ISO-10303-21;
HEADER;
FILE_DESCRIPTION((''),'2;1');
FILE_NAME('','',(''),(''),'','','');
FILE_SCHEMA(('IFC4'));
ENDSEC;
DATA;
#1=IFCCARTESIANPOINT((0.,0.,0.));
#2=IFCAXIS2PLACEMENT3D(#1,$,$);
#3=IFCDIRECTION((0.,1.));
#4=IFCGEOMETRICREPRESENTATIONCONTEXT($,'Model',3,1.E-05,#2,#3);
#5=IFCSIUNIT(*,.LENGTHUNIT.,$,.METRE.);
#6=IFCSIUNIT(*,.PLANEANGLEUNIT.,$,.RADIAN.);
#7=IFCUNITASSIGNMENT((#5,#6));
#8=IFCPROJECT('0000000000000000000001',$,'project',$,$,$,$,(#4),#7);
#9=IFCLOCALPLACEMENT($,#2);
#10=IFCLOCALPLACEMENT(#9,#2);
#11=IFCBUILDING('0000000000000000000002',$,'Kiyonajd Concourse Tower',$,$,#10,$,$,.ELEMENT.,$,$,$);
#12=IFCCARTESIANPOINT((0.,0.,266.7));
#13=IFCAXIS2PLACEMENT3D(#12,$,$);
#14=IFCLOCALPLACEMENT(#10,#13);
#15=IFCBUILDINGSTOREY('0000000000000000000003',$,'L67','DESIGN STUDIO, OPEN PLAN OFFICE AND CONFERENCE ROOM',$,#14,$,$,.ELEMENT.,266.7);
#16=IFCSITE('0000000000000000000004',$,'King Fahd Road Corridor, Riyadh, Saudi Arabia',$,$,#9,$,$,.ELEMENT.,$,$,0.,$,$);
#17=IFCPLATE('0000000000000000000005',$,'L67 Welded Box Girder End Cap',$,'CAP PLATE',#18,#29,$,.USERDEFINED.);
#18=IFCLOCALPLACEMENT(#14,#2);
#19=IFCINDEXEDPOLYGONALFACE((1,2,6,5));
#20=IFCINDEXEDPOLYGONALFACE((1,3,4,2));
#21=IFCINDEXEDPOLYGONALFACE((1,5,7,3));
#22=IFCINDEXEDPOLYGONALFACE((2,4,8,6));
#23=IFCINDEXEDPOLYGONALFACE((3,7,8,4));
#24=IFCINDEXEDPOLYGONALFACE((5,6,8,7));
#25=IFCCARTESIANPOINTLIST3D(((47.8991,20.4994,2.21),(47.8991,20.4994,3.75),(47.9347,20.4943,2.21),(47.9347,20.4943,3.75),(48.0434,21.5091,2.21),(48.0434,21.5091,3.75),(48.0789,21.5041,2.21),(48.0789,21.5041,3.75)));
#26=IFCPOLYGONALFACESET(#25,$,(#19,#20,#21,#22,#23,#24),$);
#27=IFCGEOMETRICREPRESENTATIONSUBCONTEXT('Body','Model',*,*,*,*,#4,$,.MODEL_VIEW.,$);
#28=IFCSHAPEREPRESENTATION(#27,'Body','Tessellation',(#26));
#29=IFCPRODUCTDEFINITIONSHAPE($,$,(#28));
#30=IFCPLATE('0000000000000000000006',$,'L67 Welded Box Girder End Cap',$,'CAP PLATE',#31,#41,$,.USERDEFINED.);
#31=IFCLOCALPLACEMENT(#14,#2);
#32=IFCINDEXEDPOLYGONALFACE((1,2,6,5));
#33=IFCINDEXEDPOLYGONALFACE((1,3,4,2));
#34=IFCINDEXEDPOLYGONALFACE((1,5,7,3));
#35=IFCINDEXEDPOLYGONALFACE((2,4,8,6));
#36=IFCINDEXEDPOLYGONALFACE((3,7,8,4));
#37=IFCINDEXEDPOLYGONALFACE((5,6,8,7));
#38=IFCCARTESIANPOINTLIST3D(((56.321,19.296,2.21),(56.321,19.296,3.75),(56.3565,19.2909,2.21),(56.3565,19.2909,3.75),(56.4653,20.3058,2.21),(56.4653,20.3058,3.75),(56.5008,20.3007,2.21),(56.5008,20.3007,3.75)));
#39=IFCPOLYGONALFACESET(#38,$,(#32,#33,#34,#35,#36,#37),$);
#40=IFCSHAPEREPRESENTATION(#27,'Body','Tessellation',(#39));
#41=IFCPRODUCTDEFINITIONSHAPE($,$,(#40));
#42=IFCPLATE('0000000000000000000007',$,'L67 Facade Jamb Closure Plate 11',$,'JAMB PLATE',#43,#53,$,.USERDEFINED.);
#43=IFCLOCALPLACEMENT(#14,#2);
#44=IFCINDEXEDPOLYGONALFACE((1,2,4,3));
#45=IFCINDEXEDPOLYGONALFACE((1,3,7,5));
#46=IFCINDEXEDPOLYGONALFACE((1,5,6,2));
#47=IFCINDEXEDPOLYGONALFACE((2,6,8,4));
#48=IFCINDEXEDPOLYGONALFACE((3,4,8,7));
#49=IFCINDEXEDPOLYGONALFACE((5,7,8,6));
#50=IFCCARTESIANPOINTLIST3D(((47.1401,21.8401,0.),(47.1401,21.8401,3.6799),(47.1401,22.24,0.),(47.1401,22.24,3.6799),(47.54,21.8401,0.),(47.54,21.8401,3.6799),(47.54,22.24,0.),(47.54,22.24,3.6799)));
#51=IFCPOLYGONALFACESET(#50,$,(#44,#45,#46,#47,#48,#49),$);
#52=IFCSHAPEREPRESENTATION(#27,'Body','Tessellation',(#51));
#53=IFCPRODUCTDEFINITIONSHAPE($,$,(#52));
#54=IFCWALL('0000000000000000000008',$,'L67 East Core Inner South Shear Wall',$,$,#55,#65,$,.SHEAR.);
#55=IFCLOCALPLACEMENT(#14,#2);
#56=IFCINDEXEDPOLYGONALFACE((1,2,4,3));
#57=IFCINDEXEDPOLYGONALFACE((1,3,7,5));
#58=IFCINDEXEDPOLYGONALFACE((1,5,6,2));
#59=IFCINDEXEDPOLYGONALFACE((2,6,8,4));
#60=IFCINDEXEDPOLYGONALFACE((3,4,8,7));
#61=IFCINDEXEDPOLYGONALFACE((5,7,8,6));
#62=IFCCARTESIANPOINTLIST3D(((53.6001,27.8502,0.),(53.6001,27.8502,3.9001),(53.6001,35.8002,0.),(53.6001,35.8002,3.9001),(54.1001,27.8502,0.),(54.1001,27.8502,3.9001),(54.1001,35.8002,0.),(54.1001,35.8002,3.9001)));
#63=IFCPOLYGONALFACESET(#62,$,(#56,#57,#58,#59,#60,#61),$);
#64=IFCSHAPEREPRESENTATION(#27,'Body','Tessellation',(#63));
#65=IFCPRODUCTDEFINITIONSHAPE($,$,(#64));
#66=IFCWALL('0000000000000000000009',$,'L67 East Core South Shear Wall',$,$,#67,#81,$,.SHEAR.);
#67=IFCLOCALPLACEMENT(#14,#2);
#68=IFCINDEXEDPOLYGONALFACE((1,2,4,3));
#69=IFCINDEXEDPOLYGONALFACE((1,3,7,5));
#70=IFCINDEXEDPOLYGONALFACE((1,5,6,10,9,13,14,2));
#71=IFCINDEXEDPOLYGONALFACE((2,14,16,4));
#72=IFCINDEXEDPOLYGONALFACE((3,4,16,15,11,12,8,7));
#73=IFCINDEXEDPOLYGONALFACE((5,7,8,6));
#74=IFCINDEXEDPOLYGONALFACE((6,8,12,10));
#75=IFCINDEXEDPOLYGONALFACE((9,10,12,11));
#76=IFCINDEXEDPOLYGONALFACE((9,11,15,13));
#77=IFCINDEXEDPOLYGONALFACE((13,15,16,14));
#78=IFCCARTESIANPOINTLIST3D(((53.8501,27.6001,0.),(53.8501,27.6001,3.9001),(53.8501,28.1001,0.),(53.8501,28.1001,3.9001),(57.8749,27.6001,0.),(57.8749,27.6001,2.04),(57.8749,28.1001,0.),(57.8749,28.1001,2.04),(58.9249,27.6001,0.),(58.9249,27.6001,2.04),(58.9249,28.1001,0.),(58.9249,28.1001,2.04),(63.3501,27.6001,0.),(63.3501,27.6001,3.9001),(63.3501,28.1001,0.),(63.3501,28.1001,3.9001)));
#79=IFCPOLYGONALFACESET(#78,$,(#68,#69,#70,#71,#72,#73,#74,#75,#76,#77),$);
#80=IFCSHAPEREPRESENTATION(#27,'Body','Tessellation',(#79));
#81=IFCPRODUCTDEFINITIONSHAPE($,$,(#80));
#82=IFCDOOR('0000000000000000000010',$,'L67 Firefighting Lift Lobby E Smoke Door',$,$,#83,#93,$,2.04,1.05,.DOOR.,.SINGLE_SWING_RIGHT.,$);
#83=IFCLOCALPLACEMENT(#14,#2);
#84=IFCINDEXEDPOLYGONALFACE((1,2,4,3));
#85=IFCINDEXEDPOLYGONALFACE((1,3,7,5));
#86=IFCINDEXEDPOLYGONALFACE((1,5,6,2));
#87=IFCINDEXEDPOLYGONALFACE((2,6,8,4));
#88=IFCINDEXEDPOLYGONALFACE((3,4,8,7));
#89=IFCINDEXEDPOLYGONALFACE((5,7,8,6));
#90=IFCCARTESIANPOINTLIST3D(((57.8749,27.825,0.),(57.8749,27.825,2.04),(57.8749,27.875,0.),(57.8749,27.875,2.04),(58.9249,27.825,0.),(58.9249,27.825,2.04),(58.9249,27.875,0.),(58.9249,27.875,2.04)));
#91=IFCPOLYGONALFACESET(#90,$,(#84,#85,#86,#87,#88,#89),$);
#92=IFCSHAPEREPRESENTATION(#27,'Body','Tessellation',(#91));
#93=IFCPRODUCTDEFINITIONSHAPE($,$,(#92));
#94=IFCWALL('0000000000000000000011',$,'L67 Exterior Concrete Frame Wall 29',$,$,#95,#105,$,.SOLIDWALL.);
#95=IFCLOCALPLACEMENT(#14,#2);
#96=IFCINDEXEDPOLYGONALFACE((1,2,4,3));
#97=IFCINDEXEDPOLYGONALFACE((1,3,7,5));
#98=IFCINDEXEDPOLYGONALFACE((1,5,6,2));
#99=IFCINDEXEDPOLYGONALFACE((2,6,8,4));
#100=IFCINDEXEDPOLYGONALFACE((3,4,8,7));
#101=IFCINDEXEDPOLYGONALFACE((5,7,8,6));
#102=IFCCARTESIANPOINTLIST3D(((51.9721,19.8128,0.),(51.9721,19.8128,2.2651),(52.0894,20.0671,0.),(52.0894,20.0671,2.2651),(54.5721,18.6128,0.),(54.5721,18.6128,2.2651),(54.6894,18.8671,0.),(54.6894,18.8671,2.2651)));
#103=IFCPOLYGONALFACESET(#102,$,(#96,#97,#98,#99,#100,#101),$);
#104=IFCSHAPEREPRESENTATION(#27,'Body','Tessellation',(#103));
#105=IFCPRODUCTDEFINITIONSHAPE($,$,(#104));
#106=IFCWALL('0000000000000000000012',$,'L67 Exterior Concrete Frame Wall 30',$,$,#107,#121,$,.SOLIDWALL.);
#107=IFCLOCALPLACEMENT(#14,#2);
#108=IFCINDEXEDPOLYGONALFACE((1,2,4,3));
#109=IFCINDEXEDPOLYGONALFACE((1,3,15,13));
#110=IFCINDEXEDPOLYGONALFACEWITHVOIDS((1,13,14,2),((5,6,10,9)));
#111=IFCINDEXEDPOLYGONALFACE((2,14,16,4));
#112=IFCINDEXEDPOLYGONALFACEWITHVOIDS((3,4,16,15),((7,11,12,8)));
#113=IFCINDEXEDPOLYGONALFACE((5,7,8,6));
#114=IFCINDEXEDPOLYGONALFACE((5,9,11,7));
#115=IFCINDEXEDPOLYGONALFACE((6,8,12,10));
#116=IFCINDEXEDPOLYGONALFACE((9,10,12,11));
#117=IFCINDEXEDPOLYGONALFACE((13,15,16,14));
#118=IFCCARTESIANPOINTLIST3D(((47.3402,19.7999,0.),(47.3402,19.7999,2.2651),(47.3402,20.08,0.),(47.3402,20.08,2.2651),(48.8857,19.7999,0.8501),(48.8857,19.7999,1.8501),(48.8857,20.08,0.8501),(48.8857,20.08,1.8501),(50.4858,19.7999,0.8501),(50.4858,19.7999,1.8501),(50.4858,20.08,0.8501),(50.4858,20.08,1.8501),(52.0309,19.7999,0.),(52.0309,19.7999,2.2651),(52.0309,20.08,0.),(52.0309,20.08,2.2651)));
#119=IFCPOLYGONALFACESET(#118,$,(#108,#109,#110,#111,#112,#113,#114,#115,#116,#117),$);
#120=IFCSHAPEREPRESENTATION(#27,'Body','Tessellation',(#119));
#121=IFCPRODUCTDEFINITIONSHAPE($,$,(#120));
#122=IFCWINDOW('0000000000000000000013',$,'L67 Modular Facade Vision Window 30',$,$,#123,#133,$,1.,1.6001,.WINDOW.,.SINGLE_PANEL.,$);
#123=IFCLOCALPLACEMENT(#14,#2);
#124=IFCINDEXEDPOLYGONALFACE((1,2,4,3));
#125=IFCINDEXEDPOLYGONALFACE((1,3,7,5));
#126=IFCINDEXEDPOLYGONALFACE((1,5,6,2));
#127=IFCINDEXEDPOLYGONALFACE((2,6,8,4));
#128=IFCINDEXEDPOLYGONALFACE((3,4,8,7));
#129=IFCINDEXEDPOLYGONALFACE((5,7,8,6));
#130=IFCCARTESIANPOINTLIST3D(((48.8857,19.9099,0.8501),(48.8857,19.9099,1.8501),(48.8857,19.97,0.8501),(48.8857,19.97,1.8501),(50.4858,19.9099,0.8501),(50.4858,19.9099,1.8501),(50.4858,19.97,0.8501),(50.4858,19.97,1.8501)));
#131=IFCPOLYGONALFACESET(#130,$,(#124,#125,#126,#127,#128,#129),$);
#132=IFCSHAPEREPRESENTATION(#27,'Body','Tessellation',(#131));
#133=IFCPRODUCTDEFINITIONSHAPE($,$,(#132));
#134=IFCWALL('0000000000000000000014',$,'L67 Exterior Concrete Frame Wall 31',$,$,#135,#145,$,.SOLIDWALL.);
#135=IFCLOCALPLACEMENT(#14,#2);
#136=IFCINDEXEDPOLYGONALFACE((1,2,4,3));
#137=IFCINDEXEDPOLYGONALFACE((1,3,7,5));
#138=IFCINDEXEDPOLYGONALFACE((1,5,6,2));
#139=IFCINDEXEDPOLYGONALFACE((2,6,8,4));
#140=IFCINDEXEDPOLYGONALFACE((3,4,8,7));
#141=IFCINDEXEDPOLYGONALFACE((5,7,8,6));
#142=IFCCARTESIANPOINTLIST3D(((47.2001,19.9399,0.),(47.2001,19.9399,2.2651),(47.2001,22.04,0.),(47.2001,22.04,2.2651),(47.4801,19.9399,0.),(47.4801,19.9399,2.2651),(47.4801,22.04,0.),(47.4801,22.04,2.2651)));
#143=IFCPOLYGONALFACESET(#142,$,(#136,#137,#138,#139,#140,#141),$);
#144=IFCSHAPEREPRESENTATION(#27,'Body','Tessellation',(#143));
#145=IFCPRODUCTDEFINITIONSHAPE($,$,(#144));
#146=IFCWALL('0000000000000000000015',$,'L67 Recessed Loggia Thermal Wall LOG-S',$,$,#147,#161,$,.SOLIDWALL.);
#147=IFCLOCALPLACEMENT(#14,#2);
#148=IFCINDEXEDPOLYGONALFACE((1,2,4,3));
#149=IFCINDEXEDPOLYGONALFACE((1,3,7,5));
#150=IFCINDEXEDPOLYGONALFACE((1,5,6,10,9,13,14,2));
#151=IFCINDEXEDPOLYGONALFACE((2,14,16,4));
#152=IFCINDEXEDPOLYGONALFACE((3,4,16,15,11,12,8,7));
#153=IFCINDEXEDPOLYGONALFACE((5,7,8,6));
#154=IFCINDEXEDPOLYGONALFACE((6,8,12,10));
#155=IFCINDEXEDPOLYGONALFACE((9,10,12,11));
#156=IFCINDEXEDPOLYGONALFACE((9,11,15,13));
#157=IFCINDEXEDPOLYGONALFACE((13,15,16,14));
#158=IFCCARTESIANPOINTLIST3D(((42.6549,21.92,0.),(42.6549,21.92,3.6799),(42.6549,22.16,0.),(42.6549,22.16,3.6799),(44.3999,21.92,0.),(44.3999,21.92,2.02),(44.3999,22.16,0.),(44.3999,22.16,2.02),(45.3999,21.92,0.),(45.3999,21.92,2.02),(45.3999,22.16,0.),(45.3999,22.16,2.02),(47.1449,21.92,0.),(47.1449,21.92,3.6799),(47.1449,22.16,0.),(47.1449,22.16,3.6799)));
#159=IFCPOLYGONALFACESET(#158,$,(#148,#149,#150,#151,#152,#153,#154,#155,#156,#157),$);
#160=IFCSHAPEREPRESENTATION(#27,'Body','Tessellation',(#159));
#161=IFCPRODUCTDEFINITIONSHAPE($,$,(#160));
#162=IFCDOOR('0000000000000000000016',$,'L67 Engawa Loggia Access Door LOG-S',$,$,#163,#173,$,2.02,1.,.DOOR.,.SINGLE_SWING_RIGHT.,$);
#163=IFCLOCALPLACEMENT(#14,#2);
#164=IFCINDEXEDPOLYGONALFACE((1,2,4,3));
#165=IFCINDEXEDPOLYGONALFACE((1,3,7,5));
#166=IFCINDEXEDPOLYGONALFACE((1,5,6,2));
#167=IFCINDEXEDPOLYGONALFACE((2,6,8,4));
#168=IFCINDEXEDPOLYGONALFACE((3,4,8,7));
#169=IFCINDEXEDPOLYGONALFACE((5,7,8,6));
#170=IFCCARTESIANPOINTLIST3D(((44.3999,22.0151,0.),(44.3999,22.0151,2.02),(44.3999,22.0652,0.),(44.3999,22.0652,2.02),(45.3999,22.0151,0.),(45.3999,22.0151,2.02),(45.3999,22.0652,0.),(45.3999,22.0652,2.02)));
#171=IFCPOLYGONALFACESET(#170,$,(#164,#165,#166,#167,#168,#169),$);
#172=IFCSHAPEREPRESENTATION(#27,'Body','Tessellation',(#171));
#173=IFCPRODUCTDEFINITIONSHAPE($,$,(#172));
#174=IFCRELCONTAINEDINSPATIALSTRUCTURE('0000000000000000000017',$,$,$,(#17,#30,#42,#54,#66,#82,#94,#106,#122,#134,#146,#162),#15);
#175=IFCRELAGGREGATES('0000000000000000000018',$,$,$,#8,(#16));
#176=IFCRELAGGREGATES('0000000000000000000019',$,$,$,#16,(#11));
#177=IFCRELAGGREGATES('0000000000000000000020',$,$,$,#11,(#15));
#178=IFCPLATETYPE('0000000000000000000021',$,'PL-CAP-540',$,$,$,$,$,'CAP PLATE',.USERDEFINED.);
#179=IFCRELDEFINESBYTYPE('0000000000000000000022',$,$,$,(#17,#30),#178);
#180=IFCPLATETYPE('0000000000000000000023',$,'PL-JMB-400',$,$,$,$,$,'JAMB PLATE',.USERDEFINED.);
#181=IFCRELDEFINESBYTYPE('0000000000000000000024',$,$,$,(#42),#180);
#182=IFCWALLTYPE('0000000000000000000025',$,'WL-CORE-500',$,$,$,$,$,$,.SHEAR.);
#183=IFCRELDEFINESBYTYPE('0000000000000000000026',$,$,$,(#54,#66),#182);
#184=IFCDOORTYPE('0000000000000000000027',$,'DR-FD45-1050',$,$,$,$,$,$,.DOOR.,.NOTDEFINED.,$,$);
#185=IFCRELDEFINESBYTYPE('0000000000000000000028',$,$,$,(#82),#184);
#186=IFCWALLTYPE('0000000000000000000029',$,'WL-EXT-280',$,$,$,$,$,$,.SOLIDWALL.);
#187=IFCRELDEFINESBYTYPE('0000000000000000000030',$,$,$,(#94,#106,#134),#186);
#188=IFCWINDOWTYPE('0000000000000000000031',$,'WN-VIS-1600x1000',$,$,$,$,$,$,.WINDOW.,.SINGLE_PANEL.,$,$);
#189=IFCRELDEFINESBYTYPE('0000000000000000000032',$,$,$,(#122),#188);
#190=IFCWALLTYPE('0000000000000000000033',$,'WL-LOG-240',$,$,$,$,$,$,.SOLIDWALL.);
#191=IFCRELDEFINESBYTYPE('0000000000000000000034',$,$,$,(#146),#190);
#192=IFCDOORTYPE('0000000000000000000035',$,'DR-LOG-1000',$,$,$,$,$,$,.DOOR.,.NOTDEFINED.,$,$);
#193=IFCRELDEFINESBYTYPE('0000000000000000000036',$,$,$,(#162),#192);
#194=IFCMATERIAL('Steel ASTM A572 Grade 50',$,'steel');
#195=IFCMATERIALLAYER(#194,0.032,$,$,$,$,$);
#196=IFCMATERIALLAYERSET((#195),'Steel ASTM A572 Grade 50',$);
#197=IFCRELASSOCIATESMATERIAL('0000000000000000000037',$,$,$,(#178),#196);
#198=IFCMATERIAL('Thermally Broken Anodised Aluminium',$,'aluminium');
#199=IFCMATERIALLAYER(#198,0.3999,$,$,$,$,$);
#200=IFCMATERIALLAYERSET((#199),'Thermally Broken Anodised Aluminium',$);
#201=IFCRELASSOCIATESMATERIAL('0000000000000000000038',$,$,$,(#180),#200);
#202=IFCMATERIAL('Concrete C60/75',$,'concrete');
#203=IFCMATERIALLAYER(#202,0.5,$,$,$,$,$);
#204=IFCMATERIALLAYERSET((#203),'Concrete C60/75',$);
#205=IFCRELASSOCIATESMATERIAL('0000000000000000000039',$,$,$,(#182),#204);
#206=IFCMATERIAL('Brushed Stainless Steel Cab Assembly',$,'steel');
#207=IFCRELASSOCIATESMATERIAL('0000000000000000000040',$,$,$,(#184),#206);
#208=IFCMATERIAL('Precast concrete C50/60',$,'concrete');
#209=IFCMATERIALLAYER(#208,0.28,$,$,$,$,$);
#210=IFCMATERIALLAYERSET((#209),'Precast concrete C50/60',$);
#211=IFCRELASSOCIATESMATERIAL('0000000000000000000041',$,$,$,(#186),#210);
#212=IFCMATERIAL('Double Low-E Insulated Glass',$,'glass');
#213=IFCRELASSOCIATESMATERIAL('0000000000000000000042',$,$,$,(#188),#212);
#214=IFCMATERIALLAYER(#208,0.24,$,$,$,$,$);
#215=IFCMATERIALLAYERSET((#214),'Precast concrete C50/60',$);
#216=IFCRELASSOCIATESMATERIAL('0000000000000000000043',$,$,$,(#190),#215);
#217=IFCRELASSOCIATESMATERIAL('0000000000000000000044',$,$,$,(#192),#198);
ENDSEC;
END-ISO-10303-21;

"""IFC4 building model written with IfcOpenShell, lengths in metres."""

from ifc_helpers import new_model, si_unit, direction, frame, frame_2d, origin, origin_2d, place, context, subcontext, project, spatial, rectangle, extrude, material, layer, layer_set, type_object, element, fill, save


model = new_model("IFC4")

# Units and contexts
model_context = context("Model", 3, precision=1e-05, world=origin(), true_north=direction((0.0, 1.0)))
body_context = subcontext(model_context, "Body", "Model", "MODEL_VIEW")
ifc_project = project(units=[si_unit("LENGTHUNIT", "METRE"), si_unit("PLANEANGLEUNIT", "RADIAN")], contexts=[model_context])

# Site, building, storey
site_placement = place(None, origin())
site = spatial("IfcSite", under=ifc_project, at=site_placement, Name="King Fahd Road Corridor, Riyadh, Saudi Arabia", CompositionType="ELEMENT", RefElevation=0.0)
building_placement = place(site_placement, origin())
building = spatial("IfcBuilding", under=site, at=building_placement, Name="Kiyonajd Concourse Tower", CompositionType="ELEMENT")
storey_placement = place(building_placement, frame((0.0, 0.0, 266.7)))
storey = spatial("IfcBuildingStorey", under=building, at=storey_placement, Name="L67", Description="DESIGN STUDIO, OPEN PLAN OFFICE AND CONFERENCE ROOM", CompositionType="ELEMENT", Elevation=266.7)

# Shared definitions
ifc_material_1 = material(Name="Concrete C60/75", Category="concrete")

# Shared definitions
ifc_material_2 = material(Name="Steel ASTM A572 Grade 50", Category="steel")

# Plates
ifc_layer_1 = layer(ifc_material_2, 0.032)
ifc_layer_set_1 = layer_set([ifc_layer_1], Name="Steel ASTM A572 Grade 50")
plate_type_1 = type_object("IfcPlateType", Name="PL-CAP-540", ElementType="CAP PLATE", PredefinedType="USERDEFINED", material=ifc_layer_set_1)
for number, where, z_axis, x_axis, name in (
    (1, (47.989, 21.0017, 2.21), (0.0, 0.0, 1.0), (-0.98995, 0.14142, 0.0), "L67 Welded Box Girder End Cap"),
    (2, (56.4109, 19.7983, 2.21), (0.0, 0.0, 1.0), (0.98995, -0.14142, 0.0), "L67 Welded Box Girder End Cap"),
):
    element("IfcPlate", number, at=place(storey_placement, frame(where, z_axis=z_axis, x_axis=x_axis)), inside=storey, type_object=plate_type_1, Name=name, ObjectType="CAP PLATE", PredefinedType="USERDEFINED", context=body_context, shape_type="SweptSolid", body=[
        extrude(rectangle(XDim=0.0359, YDim=1.02, at=origin_2d()), origin(), (0.0, 0.0, 1.0), 1.54),
    ])
ifc_material_3 = material(Name="Thermally Broken Anodised Aluminium", Category="aluminium")
ifc_layer_2 = layer(ifc_material_3, 0.3999)
ifc_layer_set_2 = layer_set([ifc_layer_2], Name="Thermally Broken Anodised Aluminium")
plate_type_2 = type_object("IfcPlateType", Name="PL-JMB-400", ElementType="JAMB PLATE", PredefinedType="USERDEFINED", material=ifc_layer_set_2)
plate_placement = place(storey_placement, frame((47.3401, 22.04, 0.0), z_axis=(0.0, 0.0, 1.0), x_axis=(1.0, 0.0, 0.0)))
element("IfcPlate", 3, at=plate_placement, inside=storey, type_object=plate_type_2, Name="L67 Facade Jamb Closure Plate 11", ObjectType="JAMB PLATE", PredefinedType="USERDEFINED", context=body_context, shape_type="SweptSolid", body=[
    extrude(rectangle(XDim=0.3999, YDim=0.3999, at=origin_2d()), origin(), (0.0, 0.0, 1.0), 3.6799),
])

# Wall
ifc_layer_3 = layer(ifc_material_1, 0.5)
ifc_layer_set_3 = layer_set([ifc_layer_3], Name="Concrete C60/75")
wall_type_1 = type_object("IfcWallType", Name="WL-CORE-500", PredefinedType="SHEAR", material=ifc_layer_set_3)
wall_1_placement = place(storey_placement, frame((53.8501, 27.8501, 0.0), z_axis=(0.0, 0.0, 1.0), x_axis=(0.0, 1.0, 0.0)))
element("IfcWall", 4, at=wall_1_placement, inside=storey, type_object=wall_type_1, Name="L67 East Core Inner South Shear Wall", PredefinedType="SHEAR", context=body_context, shape_type="SweptSolid", body=[
    extrude(rectangle(XDim=7.95, YDim=0.5, at=frame_2d((3.9751, 0.0))), origin(), (0.0, 0.0, 1.0), 3.9001),
])

# Wall, opening, door
wall_2_placement = place(storey_placement, frame((53.8501, 27.8501, 0.0), z_axis=(0.0, 0.0, 1.0), x_axis=(1.0, 0.0, 0.0)))
wall_2 = element("IfcWall", 5, at=wall_2_placement, inside=storey, type_object=wall_type_1, Name="L67 East Core South Shear Wall", PredefinedType="SHEAR", context=body_context, shape_type="SweptSolid", body=[
    extrude(rectangle(XDim=9.5, YDim=0.5, at=frame_2d((4.75, 0.0))), origin(), (0.0, 0.0, 1.0), 3.9001),
])
opening_1_placement = place(wall_2_placement, frame((4.0249, 0.0, 0.0)))
opening_1 = element("IfcOpeningElement", 6, at=opening_1_placement, cuts=wall_2, PredefinedType="OPENING", context=body_context, shape_type="SweptSolid", body=[
    extrude(rectangle(XDim=1.05, YDim=2.04, at=frame_2d((0.5249, 1.02))), frame((0.0, 0.26, 0.0), z_axis=(0.0, -1.0, 0.0), x_axis=(1.0, 0.0, 0.0)), (0.0, 0.0, 1.0), 0.52),
])
ifc_material_4 = material(Name="Brushed Stainless Steel Cab Assembly", Category="steel")
door_type_1 = type_object("IfcDoorType", Name="DR-FD45-1050", OperationType="NOTDEFINED", PredefinedType="DOOR", material=ifc_material_4)
door_1_placement = place(opening_1_placement, origin())
door_1 = element("IfcDoor", 7, at=door_1_placement, inside=storey, type_object=door_type_1, Name="L67 Firefighting Lift Lobby E Smoke Door", OperationType="SINGLE_SWING_RIGHT", OverallHeight=2.04, OverallWidth=1.05, PredefinedType="DOOR", context=body_context, shape_type="SweptSolid", body=[
    extrude(rectangle(XDim=1.05, YDim=2.04, at=frame_2d((0.5249, 1.02))), frame((0.0, 0.0249, 0.0), z_axis=(0.0, -1.0, 0.0), x_axis=(1.0, 0.0, 0.0)), (0.0, 0.0, 1.0), 0.05),
])
fill(opening_1, door_1)

# Wall
ifc_material_5 = material(Name="Precast concrete C50/60", Category="concrete")
ifc_layer_4 = layer(ifc_material_5, 0.28)
ifc_layer_set_4 = layer_set([ifc_layer_4], Name="Precast concrete C50/60")
wall_type_2 = type_object("IfcWallType", Name="WL-EXT-280", PredefinedType="SOLIDWALL", material=ifc_layer_set_4)
wall_3_placement = place(storey_placement, frame((54.6306, 18.74, 0.0), z_axis=(0.0, 0.0, 1.0), x_axis=(-0.907957, 0.419064, 0.0)))
element("IfcWall", 8, at=wall_3_placement, inside=storey, type_object=wall_type_2, Name="L67 Exterior Concrete Frame Wall 29", PredefinedType="SOLIDWALL", context=body_context, shape_type="SweptSolid", body=[
    extrude(rectangle(XDim=2.8635, YDim=0.28, at=frame_2d((1.4316, 0.0))), origin(), (0.0, 0.0, 1.0), 2.2651),
])

# Wall, opening, window
wall_4_placement = place(storey_placement, frame((52.0308, 19.9399, 0.0), z_axis=(0.0, 0.0, 1.0), x_axis=(-1.0, 0.0, 0.0)))
wall_4 = element("IfcWall", 9, at=wall_4_placement, inside=storey, type_object=wall_type_2, Name="L67 Exterior Concrete Frame Wall 30", PredefinedType="SOLIDWALL", context=body_context, shape_type="SweptSolid", body=[
    extrude(rectangle(XDim=4.6907, YDim=0.28, at=frame_2d((2.3452, 0.0))), origin(), (0.0, 0.0, 1.0), 2.2651),
])
opening_2_placement = place(wall_4_placement, frame((1.5449, 0.0, 0.8501)))
opening_2 = element("IfcOpeningElement", 10, at=opening_2_placement, cuts=wall_4, PredefinedType="OPENING", context=body_context, shape_type="SweptSolid", body=[
    extrude(rectangle(XDim=1.6001, YDim=1.0, at=frame_2d((0.8, 0.5))), frame((0.0, 0.1499, 0.0), z_axis=(0.0, -1.0, 0.0), x_axis=(1.0, 0.0, 0.0)), (0.0, 0.0, 1.0), 0.3),
])
ifc_material_6 = material(Name="Double Low-E Insulated Glass", Category="glass")
window_type = type_object("IfcWindowType", Name="WN-VIS-1600x1000", PartitioningType="SINGLE_PANEL", PredefinedType="WINDOW", material=ifc_material_6)
window_placement = place(opening_2_placement, origin())
window = element("IfcWindow", 11, at=window_placement, inside=storey, type_object=window_type, Name="L67 Modular Facade Vision Window 30", OverallHeight=1.0, OverallWidth=1.6001, PartitioningType="SINGLE_PANEL", PredefinedType="WINDOW", context=body_context, shape_type="SweptSolid", body=[
    extrude(rectangle(XDim=1.6001, YDim=1.0, at=frame_2d((0.8, 0.5))), frame((0.0, 0.03, 0.0), z_axis=(0.0, -1.0, 0.0), x_axis=(1.0, 0.0, 0.0)), (0.0, 0.0, 1.0), 0.0601),
])
fill(opening_2, window)

# Wall
wall_5_placement = place(storey_placement, frame((47.3401, 19.9399, 0.0), z_axis=(0.0, 0.0, 1.0), x_axis=(0.0, 1.0, 0.0)))
element("IfcWall", 12, at=wall_5_placement, inside=storey, type_object=wall_type_2, Name="L67 Exterior Concrete Frame Wall 31", PredefinedType="SOLIDWALL", context=body_context, shape_type="SweptSolid", body=[
    extrude(rectangle(XDim=2.1001, YDim=0.28, at=frame_2d((1.05, 0.0))), origin(), (0.0, 0.0, 1.0), 2.2651),
])

# Wall, opening, door
ifc_layer_5 = layer(ifc_material_5, 0.24)
ifc_layer_set_5 = layer_set([ifc_layer_5], Name="Precast concrete C50/60")
wall_type_3 = type_object("IfcWallType", Name="WL-LOG-240", PredefinedType="SOLIDWALL", material=ifc_layer_set_5)
wall_6_placement = place(storey_placement, frame((47.145, 22.04, 0.0), z_axis=(0.0, 0.0, 1.0), x_axis=(-1.0, 0.0, 0.0)))
wall_6 = element("IfcWall", 13, at=wall_6_placement, inside=storey, type_object=wall_type_3, Name="L67 Recessed Loggia Thermal Wall LOG-S", PredefinedType="SOLIDWALL", context=body_context, shape_type="SweptSolid", body=[
    extrude(rectangle(XDim=4.49, YDim=0.24, at=frame_2d((2.2451, 0.0))), origin(), (0.0, 0.0, 1.0), 3.6799),
])
opening_3_placement = place(wall_6_placement, frame((1.7451, 0.0, 0.0)))
opening_3 = element("IfcOpeningElement", 14, at=opening_3_placement, cuts=wall_6, PredefinedType="OPENING", context=body_context, shape_type="SweptSolid", body=[
    extrude(rectangle(XDim=1.0, YDim=2.02, at=frame_2d((0.5, 1.01))), frame((0.0, 0.1299, 0.0), z_axis=(0.0, -1.0, 0.0), x_axis=(1.0, 0.0, 0.0)), (0.0, 0.0, 1.0), 0.26),
])
door_type_2 = type_object("IfcDoorType", Name="DR-LOG-1000", OperationType="NOTDEFINED", PredefinedType="DOOR", material=ifc_material_3)
door_2_placement = place(opening_3_placement, origin())
door_2 = element("IfcDoor", 15, at=door_2_placement, inside=storey, type_object=door_type_2, Name="L67 Engawa Loggia Access Door LOG-S", OperationType="SINGLE_SWING_RIGHT", OverallHeight=2.02, OverallWidth=1.0, PredefinedType="DOOR", context=body_context, shape_type="SweptSolid", body=[
    extrude(rectangle(XDim=1.0, YDim=2.02, at=frame_2d((0.5, 1.01))), frame((0.0, 0.0249, 0.0), z_axis=(0.0, -1.0, 0.0), x_axis=(1.0, 0.0, 0.0)), (0.0, 0.0, 1.0), 0.05),
])
fill(opening_3, door_2)

save(model, "model.ifc")
